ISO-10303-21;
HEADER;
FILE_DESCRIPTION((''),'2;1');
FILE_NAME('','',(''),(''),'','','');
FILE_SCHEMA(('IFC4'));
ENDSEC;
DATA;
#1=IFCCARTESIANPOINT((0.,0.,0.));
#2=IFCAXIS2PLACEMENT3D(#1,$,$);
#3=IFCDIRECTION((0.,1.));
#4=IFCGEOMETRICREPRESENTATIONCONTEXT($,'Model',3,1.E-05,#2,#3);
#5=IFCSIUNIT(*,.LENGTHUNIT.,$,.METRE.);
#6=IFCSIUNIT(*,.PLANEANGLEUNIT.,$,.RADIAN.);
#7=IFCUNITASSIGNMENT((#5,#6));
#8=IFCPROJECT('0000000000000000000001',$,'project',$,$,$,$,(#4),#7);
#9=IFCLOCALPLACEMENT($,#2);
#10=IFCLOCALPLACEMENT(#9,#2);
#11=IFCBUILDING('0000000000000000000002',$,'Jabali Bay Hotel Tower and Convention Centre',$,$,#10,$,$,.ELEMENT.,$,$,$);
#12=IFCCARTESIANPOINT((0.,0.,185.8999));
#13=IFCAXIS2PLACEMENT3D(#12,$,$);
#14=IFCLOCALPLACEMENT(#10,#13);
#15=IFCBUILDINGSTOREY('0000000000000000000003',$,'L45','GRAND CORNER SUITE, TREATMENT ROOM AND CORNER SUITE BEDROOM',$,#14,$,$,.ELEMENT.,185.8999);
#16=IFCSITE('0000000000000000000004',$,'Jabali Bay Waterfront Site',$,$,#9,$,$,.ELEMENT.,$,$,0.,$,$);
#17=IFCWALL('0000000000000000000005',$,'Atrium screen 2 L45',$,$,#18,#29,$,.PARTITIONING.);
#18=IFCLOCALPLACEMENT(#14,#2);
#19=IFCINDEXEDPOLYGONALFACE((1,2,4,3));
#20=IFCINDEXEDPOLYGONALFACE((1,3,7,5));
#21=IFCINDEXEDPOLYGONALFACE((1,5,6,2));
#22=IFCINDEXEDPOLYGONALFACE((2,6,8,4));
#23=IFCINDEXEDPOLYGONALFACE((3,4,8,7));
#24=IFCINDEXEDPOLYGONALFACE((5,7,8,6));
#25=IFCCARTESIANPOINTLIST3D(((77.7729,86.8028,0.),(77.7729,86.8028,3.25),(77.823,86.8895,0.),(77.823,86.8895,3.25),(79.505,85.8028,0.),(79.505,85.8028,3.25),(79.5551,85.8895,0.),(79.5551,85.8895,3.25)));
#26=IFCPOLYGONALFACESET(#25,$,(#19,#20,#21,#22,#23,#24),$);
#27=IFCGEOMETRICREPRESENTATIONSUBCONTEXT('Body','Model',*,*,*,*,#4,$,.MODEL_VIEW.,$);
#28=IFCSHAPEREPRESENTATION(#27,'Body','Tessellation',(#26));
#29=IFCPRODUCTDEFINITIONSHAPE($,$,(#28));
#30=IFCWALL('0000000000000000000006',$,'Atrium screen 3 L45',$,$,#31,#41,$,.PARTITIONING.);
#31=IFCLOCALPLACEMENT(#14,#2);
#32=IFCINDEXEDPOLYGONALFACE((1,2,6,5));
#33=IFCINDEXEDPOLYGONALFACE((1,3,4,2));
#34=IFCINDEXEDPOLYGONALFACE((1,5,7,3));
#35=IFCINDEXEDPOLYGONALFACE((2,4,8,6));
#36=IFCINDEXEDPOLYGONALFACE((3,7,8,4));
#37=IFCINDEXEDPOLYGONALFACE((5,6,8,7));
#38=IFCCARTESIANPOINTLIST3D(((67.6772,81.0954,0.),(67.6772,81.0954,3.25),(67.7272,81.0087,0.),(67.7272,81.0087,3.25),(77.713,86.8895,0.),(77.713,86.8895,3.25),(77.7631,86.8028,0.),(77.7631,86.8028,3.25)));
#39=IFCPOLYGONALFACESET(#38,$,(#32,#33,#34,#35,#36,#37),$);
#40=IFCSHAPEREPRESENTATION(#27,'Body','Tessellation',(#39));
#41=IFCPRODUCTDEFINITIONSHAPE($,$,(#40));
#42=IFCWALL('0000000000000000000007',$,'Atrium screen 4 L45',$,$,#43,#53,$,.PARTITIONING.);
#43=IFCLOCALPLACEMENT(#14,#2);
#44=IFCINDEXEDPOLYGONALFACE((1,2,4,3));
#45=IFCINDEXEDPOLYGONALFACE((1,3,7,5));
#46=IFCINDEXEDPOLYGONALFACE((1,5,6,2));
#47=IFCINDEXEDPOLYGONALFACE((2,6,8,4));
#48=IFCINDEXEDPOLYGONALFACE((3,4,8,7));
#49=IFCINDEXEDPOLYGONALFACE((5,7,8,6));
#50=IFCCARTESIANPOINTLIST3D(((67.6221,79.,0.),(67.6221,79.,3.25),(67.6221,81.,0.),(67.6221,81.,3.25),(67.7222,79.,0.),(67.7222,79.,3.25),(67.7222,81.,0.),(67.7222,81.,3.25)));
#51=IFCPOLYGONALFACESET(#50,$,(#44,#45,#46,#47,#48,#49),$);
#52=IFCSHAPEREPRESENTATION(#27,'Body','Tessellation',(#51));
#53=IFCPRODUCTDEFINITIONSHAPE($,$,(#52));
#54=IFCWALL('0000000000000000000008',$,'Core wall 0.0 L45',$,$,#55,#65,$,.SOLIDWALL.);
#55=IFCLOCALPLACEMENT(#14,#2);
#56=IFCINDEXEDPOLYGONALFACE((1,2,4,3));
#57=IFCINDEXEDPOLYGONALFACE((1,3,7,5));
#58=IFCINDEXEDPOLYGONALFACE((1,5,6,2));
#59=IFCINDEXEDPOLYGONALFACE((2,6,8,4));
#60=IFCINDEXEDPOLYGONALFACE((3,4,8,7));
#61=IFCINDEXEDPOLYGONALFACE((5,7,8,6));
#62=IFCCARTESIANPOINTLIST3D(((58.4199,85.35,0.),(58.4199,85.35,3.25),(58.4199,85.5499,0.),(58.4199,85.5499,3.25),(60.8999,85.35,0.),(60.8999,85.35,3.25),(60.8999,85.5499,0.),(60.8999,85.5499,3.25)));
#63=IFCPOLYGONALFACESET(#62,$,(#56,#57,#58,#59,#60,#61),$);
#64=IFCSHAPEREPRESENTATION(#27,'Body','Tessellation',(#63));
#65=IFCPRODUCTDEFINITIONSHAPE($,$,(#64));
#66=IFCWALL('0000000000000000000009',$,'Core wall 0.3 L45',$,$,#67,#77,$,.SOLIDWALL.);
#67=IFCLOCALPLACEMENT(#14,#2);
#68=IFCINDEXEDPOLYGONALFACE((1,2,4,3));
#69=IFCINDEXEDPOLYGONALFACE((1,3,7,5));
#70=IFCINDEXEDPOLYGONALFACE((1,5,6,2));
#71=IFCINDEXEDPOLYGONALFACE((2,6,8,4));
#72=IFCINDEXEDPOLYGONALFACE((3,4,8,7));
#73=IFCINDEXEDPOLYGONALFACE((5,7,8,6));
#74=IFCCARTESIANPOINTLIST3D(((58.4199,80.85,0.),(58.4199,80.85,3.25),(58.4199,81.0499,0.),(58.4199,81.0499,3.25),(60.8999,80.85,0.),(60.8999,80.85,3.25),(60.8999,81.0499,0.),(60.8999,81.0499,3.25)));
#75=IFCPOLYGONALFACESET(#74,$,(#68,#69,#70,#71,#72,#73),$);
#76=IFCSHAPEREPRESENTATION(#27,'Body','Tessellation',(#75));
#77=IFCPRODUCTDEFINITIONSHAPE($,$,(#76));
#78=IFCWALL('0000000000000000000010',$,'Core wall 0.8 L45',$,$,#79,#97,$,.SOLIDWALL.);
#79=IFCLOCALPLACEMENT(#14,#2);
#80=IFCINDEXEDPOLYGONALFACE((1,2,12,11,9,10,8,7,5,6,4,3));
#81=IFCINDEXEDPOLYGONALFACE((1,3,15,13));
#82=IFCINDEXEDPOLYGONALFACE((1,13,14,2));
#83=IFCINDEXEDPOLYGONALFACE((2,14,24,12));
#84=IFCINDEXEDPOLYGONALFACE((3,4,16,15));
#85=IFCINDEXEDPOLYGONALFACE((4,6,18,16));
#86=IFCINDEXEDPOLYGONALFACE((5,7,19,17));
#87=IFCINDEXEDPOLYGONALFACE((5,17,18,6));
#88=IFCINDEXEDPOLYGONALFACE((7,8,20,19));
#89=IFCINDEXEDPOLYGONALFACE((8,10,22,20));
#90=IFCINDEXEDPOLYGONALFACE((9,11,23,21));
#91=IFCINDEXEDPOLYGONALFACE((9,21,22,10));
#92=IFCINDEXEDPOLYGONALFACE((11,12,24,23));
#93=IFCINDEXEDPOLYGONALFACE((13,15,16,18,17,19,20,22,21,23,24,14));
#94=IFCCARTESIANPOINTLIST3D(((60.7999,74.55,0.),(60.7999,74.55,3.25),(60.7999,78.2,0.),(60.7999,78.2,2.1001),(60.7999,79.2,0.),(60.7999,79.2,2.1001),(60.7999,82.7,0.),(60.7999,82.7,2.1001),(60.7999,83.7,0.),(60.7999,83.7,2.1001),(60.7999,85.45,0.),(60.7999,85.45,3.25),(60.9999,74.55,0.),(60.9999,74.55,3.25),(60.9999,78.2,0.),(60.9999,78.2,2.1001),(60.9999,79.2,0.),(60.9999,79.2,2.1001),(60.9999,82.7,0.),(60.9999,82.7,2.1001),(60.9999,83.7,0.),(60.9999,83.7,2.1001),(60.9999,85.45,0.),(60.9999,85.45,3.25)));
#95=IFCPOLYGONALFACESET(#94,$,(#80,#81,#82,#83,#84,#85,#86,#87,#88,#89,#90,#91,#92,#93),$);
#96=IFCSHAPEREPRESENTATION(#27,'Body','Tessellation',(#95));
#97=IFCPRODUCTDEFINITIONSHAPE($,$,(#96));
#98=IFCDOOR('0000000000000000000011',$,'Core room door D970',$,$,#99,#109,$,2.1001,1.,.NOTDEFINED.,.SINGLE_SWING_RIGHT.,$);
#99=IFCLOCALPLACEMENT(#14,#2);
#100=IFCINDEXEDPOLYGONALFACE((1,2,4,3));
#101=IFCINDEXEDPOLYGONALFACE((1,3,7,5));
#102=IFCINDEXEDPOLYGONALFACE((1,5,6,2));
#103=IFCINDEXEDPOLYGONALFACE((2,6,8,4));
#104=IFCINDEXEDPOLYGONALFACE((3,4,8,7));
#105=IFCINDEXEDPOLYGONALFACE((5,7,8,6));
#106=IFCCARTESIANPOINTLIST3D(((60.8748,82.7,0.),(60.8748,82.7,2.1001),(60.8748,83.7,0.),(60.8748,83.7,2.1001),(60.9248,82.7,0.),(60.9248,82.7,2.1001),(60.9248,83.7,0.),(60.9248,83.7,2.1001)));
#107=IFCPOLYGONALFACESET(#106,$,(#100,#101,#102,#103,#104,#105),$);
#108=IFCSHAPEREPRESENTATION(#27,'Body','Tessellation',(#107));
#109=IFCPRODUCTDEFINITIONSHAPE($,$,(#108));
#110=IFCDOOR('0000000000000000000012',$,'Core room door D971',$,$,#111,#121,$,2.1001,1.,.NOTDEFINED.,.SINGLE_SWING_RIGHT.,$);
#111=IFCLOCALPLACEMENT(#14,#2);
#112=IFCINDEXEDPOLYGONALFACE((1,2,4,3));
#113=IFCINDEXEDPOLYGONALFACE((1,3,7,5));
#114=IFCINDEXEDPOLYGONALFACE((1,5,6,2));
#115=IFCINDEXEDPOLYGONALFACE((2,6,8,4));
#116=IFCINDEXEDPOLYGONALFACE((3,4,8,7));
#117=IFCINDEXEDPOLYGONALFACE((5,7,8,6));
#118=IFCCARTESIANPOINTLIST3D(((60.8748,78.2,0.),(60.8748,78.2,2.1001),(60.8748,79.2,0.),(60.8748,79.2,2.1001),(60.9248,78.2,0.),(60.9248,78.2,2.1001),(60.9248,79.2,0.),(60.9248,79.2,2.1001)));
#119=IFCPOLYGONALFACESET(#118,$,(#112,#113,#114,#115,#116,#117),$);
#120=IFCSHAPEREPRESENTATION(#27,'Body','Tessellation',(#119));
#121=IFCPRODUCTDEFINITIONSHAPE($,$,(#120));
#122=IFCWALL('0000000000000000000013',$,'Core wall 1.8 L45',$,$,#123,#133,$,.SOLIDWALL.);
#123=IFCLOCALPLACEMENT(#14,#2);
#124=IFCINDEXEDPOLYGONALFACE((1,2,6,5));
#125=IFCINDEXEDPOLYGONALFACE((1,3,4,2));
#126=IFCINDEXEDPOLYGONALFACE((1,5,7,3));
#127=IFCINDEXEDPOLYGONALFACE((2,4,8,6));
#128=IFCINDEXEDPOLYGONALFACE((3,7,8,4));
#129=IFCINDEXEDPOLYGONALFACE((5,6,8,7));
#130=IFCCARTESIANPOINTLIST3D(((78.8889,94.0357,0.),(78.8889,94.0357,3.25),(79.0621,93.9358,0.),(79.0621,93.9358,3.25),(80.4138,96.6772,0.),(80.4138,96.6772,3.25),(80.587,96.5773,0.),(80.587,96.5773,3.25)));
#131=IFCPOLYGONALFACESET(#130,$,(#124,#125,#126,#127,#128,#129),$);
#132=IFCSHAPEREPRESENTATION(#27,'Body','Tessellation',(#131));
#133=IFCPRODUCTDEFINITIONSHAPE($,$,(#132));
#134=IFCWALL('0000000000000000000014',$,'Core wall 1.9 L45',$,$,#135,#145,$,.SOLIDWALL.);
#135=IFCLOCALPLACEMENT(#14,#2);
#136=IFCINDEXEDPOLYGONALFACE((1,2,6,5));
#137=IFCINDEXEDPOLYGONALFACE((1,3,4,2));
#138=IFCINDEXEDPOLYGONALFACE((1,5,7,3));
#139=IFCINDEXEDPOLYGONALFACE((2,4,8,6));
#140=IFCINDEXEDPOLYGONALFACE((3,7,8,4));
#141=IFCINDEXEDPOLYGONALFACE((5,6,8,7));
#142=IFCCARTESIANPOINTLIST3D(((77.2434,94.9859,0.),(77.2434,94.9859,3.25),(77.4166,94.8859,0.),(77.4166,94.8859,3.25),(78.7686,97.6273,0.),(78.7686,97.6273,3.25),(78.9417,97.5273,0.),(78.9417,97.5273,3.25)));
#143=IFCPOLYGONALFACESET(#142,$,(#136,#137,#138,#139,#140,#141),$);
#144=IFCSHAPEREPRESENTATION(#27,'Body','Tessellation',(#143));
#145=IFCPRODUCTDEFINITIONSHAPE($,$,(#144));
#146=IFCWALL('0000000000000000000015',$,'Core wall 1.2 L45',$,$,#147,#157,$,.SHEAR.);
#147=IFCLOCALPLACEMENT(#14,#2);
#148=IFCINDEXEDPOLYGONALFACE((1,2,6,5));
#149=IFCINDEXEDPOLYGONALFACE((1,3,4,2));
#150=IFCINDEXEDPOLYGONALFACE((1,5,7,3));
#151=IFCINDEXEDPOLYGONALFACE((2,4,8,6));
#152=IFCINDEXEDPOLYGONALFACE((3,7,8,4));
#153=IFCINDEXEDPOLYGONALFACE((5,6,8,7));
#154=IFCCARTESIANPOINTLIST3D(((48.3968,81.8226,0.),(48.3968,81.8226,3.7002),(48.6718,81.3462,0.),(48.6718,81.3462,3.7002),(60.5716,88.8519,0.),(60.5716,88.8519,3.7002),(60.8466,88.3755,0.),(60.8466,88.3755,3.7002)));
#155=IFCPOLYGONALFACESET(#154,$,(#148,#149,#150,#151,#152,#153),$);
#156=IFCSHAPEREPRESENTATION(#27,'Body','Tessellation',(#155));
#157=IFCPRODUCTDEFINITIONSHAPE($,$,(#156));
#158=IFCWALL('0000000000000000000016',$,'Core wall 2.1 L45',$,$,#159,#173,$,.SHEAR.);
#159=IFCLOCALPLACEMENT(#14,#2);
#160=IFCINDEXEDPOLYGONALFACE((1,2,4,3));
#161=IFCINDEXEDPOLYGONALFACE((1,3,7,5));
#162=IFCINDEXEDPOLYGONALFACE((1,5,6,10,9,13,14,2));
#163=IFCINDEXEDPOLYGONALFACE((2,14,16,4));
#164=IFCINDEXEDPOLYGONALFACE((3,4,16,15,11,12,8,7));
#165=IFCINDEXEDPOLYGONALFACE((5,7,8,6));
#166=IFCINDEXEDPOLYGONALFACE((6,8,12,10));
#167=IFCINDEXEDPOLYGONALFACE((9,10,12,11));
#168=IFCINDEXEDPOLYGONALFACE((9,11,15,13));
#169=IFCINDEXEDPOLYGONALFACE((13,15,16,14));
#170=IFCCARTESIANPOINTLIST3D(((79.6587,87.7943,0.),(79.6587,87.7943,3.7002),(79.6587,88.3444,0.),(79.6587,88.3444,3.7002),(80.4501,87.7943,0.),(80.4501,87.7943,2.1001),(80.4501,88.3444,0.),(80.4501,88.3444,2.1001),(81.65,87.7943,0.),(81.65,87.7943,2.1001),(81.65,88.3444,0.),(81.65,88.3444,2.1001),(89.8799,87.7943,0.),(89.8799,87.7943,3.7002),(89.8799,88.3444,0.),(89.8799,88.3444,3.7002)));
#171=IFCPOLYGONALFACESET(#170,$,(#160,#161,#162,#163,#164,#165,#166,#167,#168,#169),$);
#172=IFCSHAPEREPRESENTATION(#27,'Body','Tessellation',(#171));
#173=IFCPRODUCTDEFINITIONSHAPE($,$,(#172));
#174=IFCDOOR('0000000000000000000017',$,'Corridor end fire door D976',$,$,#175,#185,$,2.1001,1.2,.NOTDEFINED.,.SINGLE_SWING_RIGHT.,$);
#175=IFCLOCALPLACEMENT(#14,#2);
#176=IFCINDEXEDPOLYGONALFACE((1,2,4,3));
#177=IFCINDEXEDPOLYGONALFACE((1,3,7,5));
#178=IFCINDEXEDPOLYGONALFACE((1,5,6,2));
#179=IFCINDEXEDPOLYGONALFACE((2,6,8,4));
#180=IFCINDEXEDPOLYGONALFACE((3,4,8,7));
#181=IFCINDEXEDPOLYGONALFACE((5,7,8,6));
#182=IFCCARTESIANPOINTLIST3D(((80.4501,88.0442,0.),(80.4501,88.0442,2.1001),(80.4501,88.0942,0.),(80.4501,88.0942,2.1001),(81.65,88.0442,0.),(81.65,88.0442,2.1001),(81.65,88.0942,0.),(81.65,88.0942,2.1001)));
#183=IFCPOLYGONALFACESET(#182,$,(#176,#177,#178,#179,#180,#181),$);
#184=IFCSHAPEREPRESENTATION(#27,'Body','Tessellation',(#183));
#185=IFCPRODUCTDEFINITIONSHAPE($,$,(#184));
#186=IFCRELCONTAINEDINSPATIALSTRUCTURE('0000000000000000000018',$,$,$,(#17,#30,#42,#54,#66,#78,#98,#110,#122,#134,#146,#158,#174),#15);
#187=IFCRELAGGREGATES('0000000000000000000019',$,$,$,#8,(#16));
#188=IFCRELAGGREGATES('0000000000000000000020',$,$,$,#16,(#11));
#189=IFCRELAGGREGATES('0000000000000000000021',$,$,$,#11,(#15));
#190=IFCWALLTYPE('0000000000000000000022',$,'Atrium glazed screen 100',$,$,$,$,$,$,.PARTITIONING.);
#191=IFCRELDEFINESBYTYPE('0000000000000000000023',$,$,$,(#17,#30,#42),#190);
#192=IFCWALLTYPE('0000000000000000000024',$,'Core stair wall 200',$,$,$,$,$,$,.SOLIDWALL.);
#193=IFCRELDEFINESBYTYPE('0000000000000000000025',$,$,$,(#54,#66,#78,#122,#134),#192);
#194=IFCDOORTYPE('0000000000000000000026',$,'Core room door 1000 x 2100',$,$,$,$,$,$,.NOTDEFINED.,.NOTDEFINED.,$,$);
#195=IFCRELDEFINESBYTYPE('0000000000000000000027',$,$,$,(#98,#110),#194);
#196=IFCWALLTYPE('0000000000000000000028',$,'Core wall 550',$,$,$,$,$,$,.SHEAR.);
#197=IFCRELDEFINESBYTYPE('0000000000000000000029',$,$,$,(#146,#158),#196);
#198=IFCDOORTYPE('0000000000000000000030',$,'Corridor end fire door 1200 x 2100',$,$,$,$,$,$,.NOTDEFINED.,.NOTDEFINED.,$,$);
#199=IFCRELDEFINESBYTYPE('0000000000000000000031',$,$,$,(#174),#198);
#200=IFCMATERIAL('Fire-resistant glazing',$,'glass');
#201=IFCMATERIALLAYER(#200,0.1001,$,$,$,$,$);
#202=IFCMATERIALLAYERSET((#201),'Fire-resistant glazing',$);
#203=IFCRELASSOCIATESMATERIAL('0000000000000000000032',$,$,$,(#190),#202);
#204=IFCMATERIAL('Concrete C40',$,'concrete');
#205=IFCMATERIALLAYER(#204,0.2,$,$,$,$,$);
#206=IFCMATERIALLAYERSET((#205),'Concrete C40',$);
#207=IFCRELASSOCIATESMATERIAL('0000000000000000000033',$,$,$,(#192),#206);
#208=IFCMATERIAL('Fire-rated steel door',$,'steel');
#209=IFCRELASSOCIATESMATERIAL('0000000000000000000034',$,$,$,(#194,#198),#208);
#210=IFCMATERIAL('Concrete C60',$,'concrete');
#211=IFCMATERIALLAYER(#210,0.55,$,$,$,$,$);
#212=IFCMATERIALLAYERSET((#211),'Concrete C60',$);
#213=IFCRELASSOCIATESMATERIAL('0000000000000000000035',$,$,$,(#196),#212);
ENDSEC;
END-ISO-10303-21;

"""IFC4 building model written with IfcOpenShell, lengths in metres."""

from ifc_helpers import new_model, si_unit, direction, frame, frame_2d, origin, place, context, subcontext, project, spatial, rectangle, extrude, material, layer, layer_set, type_object, element, fill, save


model = new_model("IFC4")

# Units and contexts
model_context = context("Model", 3, precision=1e-05, world=origin(), true_north=direction((0.0, 1.0)))
body_context = subcontext(model_context, "Body", "Model", "MODEL_VIEW")
ifc_project = project(units=[si_unit("LENGTHUNIT", "METRE"), si_unit("PLANEANGLEUNIT", "RADIAN")], contexts=[model_context])

# Site, building, storey
site_placement = place(None, origin())
site = spatial("IfcSite", under=ifc_project, at=site_placement, Name="Jabali Bay Waterfront Site", CompositionType="ELEMENT", RefElevation=0.0)
building_placement = place(site_placement, origin())
building = spatial("IfcBuilding", under=site, at=building_placement, Name="Jabali Bay Hotel Tower and Convention Centre", CompositionType="ELEMENT")
storey_placement = place(building_placement, frame((0.0, 0.0, 185.8999)))
storey = spatial("IfcBuildingStorey", under=building, at=storey_placement, Name="L45", Description="GRAND CORNER SUITE, TREATMENT ROOM AND CORNER SUITE BEDROOM", CompositionType="ELEMENT", Elevation=185.8999)

# Walls
ifc_material_1 = material(Name="Fire-resistant glazing", Category="glass")
ifc_layer_1 = layer(ifc_material_1, 0.1001)
ifc_layer_set_1 = layer_set([ifc_layer_1], Name="Fire-resistant glazing")
wall_type_1 = type_object("IfcWallType", Name="Atrium glazed screen 100", PredefinedType="PARTITIONING", material=ifc_layer_set_1)
wall_1_placement = place(storey_placement, frame((79.53, 85.8462, 0.0), z_axis=(0.0, 0.0, 1.0), x_axis=(-0.866041, 0.499973, 0.0)))
element("IfcWall", 1, at=wall_1_placement, inside=storey, type_object=wall_type_1, Name="Atrium screen 2 L45", PredefinedType="PARTITIONING", context=body_context, shape_type="SweptSolid", body=[
    extrude(rectangle(XDim=2.0, YDim=0.1001, at=frame_2d((1.0, 0.0))), origin(), (0.0, 0.0, 1.0), 3.25),
])
wall_2_placement = place(storey_placement, frame((77.738, 86.8462, 0.0), z_axis=(0.0, 0.0, 1.0), x_axis=(-0.866027, -0.499998, 0.0)))
element("IfcWall", 2, at=wall_2_placement, inside=storey, type_object=wall_type_1, Name="Atrium screen 3 L45", PredefinedType="PARTITIONING", context=body_context, shape_type="SweptSolid", body=[
    extrude(rectangle(XDim=11.5884, YDim=0.1001, at=frame_2d((5.7942, 0.0))), origin(), (0.0, 0.0, 1.0), 3.25),
])
wall_3_placement = place(storey_placement, frame((67.6721, 81.0, 0.0), z_axis=(0.0, 0.0, 1.0), x_axis=(0.0, -1.0, 0.0)))
element("IfcWall", 3, at=wall_3_placement, inside=storey, type_object=wall_type_1, Name="Atrium screen 4 L45", PredefinedType="PARTITIONING", context=body_context, shape_type="SweptSolid", body=[
    extrude(rectangle(XDim=2.0, YDim=0.1001, at=frame_2d((1.0, 0.0))), origin(), (0.0, 0.0, 1.0), 3.25),
])
ifc_material_2 = material(Name="Concrete C40", Category="concrete")
ifc_layer_2 = layer(ifc_material_2, 0.2)
ifc_layer_set_2 = layer_set([ifc_layer_2], Name="Concrete C40")
wall_type_2 = type_object("IfcWallType", Name="Core stair wall 200", PredefinedType="SOLIDWALL", material=ifc_layer_set_2)
for number, where, z_axis, x_axis, name in (
    (4, (60.8999, 85.45, 0.0), (0.0, 0.0, 1.0), (-1.0, 0.0, 0.0), "Core wall 0.0 L45"),
    (5, (60.8999, 80.95, 0.0), (0.0, 0.0, 1.0), (-1.0, 0.0, 0.0), "Core wall 0.3 L45"),
):
    element("IfcWall", number, at=place(storey_placement, frame(where, z_axis=z_axis, x_axis=x_axis)), inside=storey, type_object=wall_type_2, Name=name, PredefinedType="SOLIDWALL", context=body_context, shape_type="SweptSolid", body=[
        extrude(rectangle(XDim=2.48, YDim=0.2, at=frame_2d((1.24, 0.0))), origin(), (0.0, 0.0, 1.0), 3.25),
    ])

# Wall, openings, doors
wall_4_placement = place(storey_placement, frame((60.8999, 85.45, 0.0), z_axis=(0.0, 0.0, 1.0), x_axis=(0.0, -1.0, 0.0)))
wall_4 = element("IfcWall", 6, at=wall_4_placement, inside=storey, type_object=wall_type_2, Name="Core wall 0.8 L45", PredefinedType="SOLIDWALL", context=body_context, shape_type="SweptSolid", body=[
    extrude(rectangle(XDim=10.8999, YDim=0.2, at=frame_2d((5.45, 0.0))), origin(), (0.0, 0.0, 1.0), 3.25),
])
opening_1_placement = place(wall_4_placement, frame((1.75, 0.0, 0.0)))
opening_1 = element("IfcOpeningElement", 7, at=opening_1_placement, cuts=wall_4, PredefinedType="OPENING", context=body_context, shape_type="SweptSolid", body=[
    extrude(rectangle(XDim=1.0, YDim=2.1001, at=frame_2d((0.5, 1.05))), frame((0.0, 0.1104, 0.0), z_axis=(0.0, -1.0, 0.0), x_axis=(1.0, 0.0, 0.0)), (0.0, 0.0, 1.0), 0.2209),
])
opening_2_placement = place(wall_4_placement, frame((6.25, 0.0, 0.0)))
opening_2 = element("IfcOpeningElement", 8, at=opening_2_placement, cuts=wall_4, PredefinedType="OPENING", context=body_context, shape_type="SweptSolid", body=[
    extrude(rectangle(XDim=1.0, YDim=2.1001, at=frame_2d((0.5, 1.05))), frame((0.0, 0.1104, 0.0), z_axis=(0.0, -1.0, 0.0), x_axis=(1.0, 0.0, 0.0)), (0.0, 0.0, 1.0), 0.2209),
])
ifc_material_3 = material(Name="Fire-rated steel door", Category="steel")
door_type_1 = type_object("IfcDoorType", Name="Core room door 1000 x 2100", OperationType="NOTDEFINED", PredefinedType="NOTDEFINED", material=ifc_material_3)
door_1_placement = place(opening_1_placement, origin())
door_1 = element("IfcDoor", 9, at=door_1_placement, inside=storey, type_object=door_type_1, Name="Core room door D970", OperationType="SINGLE_SWING_RIGHT", OverallHeight=2.1001, OverallWidth=1.0, PredefinedType="NOTDEFINED", context=body_context, shape_type="SweptSolid", body=[
    extrude(rectangle(XDim=1.0, YDim=2.1001, at=frame_2d((0.5, 1.05))), frame((0.0, 0.0249, 0.0), z_axis=(0.0, -1.0, 0.0), x_axis=(1.0, 0.0, 0.0)), (0.0, 0.0, 1.0), 0.05),
])
fill(opening_1, door_1)
door_2_placement = place(opening_2_placement, origin())
door_2 = element("IfcDoor", 10, at=door_2_placement, inside=storey, type_object=door_type_1, Name="Core room door D971", OperationType="SINGLE_SWING_RIGHT", OverallHeight=2.1001, OverallWidth=1.0, PredefinedType="NOTDEFINED", context=body_context, shape_type="SweptSolid", body=[
    extrude(rectangle(XDim=1.0, YDim=2.1001, at=frame_2d((0.5, 1.05))), frame((0.0, 0.0249, 0.0), z_axis=(0.0, -1.0, 0.0), x_axis=(1.0, 0.0, 0.0)), (0.0, 0.0, 1.0), 0.05),
])
fill(opening_2, door_2)

# Walls
for number, where, z_axis, x_axis, name in (
    (11, (78.9756, 93.9858, 0.0), (0.0, 0.0, 1.0), (0.499944, 0.866058, 0.0), "Core wall 1.8 L45"),
    (12, (77.3301, 94.936, 0.0), (0.0, 0.0, 1.0), (0.500039, 0.866003, 0.0), "Core wall 1.9 L45"),
):
    element("IfcWall", number, at=place(storey_placement, frame(where, z_axis=z_axis, x_axis=x_axis)), inside=storey, type_object=wall_type_2, Name=name, PredefinedType="SOLIDWALL", context=body_context, shape_type="SweptSolid", body=[
        extrude(rectangle(XDim=3.05, YDim=0.2, at=frame_2d((1.5249, 0.0))), origin(), (0.0, 0.0, 1.0), 3.25),
    ])
ifc_material_4 = material(Name="Concrete C60", Category="concrete")
ifc_layer_3 = layer(ifc_material_4, 0.55)
ifc_layer_set_3 = layer_set([ifc_layer_3], Name="Concrete C60")
wall_type_3 = type_object("IfcWallType", Name="Core wall 550", PredefinedType="SHEAR", material=ifc_layer_set_3)
wall_5_placement = place(storey_placement, frame((60.7092, 88.6138, 0.0), z_axis=(0.0, 0.0, 1.0), x_axis=(-0.86602, -0.500009, 0.0)))
element("IfcWall", 13, at=wall_5_placement, inside=storey, type_object=wall_type_3, Name="Core wall 1.2 L45", PredefinedType="SHEAR", context=body_context, shape_type="SweptSolid", body=[
    extrude(rectangle(XDim=14.0583, YDim=0.55, at=frame_2d((7.0293, 0.0))), origin(), (0.0, 0.0, 1.0), 3.7002),
])

# Wall, opening, door
wall_6_placement = place(storey_placement, frame((79.6587, 88.0693, 0.0), z_axis=(0.0, 0.0, 1.0), x_axis=(1.0, 0.0, 0.0)))
wall_6 = element("IfcWall", 14, at=wall_6_placement, inside=storey, type_object=wall_type_3, Name="Core wall 2.1 L45", PredefinedType="SHEAR", context=body_context, shape_type="SweptSolid", body=[
    extrude(rectangle(XDim=10.2212, YDim=0.55, at=frame_2d((5.1106, 0.0))), origin(), (0.0, 0.0, 1.0), 3.7002),
])
opening_3_placement = place(wall_6_placement, frame((0.7913, 0.0, 0.0)))
opening_3 = element("IfcOpeningElement", 15, at=opening_3_placement, cuts=wall_6, PredefinedType="OPENING", context=body_context, shape_type="SweptSolid", body=[
    extrude(rectangle(XDim=1.2, YDim=2.1001, at=frame_2d((0.6001, 1.05))), frame((0.0, 0.2856, 0.0), z_axis=(0.0, -1.0, 0.0), x_axis=(1.0, 0.0, 0.0)), (0.0, 0.0, 1.0), 0.571),
])
door_type_2 = type_object("IfcDoorType", Name="Corridor end fire door 1200 x 2100", OperationType="NOTDEFINED", PredefinedType="NOTDEFINED", material=ifc_material_3)
door_3_placement = place(opening_3_placement, origin())
door_3 = element("IfcDoor", 16, at=door_3_placement, inside=storey, type_object=door_type_2, Name="Corridor end fire door D976", OperationType="SINGLE_SWING_RIGHT", OverallHeight=2.1001, OverallWidth=1.2, PredefinedType="NOTDEFINED", context=body_context, shape_type="SweptSolid", body=[
    extrude(rectangle(XDim=1.2, YDim=2.1001, at=frame_2d((0.6001, 1.05))), frame((0.0, 0.0249, 0.0), z_axis=(0.0, -1.0, 0.0), x_axis=(1.0, 0.0, 0.0)), (0.0, 0.0, 1.0), 0.05),
])
fill(opening_3, door_3)

save(model, "model.ifc")
